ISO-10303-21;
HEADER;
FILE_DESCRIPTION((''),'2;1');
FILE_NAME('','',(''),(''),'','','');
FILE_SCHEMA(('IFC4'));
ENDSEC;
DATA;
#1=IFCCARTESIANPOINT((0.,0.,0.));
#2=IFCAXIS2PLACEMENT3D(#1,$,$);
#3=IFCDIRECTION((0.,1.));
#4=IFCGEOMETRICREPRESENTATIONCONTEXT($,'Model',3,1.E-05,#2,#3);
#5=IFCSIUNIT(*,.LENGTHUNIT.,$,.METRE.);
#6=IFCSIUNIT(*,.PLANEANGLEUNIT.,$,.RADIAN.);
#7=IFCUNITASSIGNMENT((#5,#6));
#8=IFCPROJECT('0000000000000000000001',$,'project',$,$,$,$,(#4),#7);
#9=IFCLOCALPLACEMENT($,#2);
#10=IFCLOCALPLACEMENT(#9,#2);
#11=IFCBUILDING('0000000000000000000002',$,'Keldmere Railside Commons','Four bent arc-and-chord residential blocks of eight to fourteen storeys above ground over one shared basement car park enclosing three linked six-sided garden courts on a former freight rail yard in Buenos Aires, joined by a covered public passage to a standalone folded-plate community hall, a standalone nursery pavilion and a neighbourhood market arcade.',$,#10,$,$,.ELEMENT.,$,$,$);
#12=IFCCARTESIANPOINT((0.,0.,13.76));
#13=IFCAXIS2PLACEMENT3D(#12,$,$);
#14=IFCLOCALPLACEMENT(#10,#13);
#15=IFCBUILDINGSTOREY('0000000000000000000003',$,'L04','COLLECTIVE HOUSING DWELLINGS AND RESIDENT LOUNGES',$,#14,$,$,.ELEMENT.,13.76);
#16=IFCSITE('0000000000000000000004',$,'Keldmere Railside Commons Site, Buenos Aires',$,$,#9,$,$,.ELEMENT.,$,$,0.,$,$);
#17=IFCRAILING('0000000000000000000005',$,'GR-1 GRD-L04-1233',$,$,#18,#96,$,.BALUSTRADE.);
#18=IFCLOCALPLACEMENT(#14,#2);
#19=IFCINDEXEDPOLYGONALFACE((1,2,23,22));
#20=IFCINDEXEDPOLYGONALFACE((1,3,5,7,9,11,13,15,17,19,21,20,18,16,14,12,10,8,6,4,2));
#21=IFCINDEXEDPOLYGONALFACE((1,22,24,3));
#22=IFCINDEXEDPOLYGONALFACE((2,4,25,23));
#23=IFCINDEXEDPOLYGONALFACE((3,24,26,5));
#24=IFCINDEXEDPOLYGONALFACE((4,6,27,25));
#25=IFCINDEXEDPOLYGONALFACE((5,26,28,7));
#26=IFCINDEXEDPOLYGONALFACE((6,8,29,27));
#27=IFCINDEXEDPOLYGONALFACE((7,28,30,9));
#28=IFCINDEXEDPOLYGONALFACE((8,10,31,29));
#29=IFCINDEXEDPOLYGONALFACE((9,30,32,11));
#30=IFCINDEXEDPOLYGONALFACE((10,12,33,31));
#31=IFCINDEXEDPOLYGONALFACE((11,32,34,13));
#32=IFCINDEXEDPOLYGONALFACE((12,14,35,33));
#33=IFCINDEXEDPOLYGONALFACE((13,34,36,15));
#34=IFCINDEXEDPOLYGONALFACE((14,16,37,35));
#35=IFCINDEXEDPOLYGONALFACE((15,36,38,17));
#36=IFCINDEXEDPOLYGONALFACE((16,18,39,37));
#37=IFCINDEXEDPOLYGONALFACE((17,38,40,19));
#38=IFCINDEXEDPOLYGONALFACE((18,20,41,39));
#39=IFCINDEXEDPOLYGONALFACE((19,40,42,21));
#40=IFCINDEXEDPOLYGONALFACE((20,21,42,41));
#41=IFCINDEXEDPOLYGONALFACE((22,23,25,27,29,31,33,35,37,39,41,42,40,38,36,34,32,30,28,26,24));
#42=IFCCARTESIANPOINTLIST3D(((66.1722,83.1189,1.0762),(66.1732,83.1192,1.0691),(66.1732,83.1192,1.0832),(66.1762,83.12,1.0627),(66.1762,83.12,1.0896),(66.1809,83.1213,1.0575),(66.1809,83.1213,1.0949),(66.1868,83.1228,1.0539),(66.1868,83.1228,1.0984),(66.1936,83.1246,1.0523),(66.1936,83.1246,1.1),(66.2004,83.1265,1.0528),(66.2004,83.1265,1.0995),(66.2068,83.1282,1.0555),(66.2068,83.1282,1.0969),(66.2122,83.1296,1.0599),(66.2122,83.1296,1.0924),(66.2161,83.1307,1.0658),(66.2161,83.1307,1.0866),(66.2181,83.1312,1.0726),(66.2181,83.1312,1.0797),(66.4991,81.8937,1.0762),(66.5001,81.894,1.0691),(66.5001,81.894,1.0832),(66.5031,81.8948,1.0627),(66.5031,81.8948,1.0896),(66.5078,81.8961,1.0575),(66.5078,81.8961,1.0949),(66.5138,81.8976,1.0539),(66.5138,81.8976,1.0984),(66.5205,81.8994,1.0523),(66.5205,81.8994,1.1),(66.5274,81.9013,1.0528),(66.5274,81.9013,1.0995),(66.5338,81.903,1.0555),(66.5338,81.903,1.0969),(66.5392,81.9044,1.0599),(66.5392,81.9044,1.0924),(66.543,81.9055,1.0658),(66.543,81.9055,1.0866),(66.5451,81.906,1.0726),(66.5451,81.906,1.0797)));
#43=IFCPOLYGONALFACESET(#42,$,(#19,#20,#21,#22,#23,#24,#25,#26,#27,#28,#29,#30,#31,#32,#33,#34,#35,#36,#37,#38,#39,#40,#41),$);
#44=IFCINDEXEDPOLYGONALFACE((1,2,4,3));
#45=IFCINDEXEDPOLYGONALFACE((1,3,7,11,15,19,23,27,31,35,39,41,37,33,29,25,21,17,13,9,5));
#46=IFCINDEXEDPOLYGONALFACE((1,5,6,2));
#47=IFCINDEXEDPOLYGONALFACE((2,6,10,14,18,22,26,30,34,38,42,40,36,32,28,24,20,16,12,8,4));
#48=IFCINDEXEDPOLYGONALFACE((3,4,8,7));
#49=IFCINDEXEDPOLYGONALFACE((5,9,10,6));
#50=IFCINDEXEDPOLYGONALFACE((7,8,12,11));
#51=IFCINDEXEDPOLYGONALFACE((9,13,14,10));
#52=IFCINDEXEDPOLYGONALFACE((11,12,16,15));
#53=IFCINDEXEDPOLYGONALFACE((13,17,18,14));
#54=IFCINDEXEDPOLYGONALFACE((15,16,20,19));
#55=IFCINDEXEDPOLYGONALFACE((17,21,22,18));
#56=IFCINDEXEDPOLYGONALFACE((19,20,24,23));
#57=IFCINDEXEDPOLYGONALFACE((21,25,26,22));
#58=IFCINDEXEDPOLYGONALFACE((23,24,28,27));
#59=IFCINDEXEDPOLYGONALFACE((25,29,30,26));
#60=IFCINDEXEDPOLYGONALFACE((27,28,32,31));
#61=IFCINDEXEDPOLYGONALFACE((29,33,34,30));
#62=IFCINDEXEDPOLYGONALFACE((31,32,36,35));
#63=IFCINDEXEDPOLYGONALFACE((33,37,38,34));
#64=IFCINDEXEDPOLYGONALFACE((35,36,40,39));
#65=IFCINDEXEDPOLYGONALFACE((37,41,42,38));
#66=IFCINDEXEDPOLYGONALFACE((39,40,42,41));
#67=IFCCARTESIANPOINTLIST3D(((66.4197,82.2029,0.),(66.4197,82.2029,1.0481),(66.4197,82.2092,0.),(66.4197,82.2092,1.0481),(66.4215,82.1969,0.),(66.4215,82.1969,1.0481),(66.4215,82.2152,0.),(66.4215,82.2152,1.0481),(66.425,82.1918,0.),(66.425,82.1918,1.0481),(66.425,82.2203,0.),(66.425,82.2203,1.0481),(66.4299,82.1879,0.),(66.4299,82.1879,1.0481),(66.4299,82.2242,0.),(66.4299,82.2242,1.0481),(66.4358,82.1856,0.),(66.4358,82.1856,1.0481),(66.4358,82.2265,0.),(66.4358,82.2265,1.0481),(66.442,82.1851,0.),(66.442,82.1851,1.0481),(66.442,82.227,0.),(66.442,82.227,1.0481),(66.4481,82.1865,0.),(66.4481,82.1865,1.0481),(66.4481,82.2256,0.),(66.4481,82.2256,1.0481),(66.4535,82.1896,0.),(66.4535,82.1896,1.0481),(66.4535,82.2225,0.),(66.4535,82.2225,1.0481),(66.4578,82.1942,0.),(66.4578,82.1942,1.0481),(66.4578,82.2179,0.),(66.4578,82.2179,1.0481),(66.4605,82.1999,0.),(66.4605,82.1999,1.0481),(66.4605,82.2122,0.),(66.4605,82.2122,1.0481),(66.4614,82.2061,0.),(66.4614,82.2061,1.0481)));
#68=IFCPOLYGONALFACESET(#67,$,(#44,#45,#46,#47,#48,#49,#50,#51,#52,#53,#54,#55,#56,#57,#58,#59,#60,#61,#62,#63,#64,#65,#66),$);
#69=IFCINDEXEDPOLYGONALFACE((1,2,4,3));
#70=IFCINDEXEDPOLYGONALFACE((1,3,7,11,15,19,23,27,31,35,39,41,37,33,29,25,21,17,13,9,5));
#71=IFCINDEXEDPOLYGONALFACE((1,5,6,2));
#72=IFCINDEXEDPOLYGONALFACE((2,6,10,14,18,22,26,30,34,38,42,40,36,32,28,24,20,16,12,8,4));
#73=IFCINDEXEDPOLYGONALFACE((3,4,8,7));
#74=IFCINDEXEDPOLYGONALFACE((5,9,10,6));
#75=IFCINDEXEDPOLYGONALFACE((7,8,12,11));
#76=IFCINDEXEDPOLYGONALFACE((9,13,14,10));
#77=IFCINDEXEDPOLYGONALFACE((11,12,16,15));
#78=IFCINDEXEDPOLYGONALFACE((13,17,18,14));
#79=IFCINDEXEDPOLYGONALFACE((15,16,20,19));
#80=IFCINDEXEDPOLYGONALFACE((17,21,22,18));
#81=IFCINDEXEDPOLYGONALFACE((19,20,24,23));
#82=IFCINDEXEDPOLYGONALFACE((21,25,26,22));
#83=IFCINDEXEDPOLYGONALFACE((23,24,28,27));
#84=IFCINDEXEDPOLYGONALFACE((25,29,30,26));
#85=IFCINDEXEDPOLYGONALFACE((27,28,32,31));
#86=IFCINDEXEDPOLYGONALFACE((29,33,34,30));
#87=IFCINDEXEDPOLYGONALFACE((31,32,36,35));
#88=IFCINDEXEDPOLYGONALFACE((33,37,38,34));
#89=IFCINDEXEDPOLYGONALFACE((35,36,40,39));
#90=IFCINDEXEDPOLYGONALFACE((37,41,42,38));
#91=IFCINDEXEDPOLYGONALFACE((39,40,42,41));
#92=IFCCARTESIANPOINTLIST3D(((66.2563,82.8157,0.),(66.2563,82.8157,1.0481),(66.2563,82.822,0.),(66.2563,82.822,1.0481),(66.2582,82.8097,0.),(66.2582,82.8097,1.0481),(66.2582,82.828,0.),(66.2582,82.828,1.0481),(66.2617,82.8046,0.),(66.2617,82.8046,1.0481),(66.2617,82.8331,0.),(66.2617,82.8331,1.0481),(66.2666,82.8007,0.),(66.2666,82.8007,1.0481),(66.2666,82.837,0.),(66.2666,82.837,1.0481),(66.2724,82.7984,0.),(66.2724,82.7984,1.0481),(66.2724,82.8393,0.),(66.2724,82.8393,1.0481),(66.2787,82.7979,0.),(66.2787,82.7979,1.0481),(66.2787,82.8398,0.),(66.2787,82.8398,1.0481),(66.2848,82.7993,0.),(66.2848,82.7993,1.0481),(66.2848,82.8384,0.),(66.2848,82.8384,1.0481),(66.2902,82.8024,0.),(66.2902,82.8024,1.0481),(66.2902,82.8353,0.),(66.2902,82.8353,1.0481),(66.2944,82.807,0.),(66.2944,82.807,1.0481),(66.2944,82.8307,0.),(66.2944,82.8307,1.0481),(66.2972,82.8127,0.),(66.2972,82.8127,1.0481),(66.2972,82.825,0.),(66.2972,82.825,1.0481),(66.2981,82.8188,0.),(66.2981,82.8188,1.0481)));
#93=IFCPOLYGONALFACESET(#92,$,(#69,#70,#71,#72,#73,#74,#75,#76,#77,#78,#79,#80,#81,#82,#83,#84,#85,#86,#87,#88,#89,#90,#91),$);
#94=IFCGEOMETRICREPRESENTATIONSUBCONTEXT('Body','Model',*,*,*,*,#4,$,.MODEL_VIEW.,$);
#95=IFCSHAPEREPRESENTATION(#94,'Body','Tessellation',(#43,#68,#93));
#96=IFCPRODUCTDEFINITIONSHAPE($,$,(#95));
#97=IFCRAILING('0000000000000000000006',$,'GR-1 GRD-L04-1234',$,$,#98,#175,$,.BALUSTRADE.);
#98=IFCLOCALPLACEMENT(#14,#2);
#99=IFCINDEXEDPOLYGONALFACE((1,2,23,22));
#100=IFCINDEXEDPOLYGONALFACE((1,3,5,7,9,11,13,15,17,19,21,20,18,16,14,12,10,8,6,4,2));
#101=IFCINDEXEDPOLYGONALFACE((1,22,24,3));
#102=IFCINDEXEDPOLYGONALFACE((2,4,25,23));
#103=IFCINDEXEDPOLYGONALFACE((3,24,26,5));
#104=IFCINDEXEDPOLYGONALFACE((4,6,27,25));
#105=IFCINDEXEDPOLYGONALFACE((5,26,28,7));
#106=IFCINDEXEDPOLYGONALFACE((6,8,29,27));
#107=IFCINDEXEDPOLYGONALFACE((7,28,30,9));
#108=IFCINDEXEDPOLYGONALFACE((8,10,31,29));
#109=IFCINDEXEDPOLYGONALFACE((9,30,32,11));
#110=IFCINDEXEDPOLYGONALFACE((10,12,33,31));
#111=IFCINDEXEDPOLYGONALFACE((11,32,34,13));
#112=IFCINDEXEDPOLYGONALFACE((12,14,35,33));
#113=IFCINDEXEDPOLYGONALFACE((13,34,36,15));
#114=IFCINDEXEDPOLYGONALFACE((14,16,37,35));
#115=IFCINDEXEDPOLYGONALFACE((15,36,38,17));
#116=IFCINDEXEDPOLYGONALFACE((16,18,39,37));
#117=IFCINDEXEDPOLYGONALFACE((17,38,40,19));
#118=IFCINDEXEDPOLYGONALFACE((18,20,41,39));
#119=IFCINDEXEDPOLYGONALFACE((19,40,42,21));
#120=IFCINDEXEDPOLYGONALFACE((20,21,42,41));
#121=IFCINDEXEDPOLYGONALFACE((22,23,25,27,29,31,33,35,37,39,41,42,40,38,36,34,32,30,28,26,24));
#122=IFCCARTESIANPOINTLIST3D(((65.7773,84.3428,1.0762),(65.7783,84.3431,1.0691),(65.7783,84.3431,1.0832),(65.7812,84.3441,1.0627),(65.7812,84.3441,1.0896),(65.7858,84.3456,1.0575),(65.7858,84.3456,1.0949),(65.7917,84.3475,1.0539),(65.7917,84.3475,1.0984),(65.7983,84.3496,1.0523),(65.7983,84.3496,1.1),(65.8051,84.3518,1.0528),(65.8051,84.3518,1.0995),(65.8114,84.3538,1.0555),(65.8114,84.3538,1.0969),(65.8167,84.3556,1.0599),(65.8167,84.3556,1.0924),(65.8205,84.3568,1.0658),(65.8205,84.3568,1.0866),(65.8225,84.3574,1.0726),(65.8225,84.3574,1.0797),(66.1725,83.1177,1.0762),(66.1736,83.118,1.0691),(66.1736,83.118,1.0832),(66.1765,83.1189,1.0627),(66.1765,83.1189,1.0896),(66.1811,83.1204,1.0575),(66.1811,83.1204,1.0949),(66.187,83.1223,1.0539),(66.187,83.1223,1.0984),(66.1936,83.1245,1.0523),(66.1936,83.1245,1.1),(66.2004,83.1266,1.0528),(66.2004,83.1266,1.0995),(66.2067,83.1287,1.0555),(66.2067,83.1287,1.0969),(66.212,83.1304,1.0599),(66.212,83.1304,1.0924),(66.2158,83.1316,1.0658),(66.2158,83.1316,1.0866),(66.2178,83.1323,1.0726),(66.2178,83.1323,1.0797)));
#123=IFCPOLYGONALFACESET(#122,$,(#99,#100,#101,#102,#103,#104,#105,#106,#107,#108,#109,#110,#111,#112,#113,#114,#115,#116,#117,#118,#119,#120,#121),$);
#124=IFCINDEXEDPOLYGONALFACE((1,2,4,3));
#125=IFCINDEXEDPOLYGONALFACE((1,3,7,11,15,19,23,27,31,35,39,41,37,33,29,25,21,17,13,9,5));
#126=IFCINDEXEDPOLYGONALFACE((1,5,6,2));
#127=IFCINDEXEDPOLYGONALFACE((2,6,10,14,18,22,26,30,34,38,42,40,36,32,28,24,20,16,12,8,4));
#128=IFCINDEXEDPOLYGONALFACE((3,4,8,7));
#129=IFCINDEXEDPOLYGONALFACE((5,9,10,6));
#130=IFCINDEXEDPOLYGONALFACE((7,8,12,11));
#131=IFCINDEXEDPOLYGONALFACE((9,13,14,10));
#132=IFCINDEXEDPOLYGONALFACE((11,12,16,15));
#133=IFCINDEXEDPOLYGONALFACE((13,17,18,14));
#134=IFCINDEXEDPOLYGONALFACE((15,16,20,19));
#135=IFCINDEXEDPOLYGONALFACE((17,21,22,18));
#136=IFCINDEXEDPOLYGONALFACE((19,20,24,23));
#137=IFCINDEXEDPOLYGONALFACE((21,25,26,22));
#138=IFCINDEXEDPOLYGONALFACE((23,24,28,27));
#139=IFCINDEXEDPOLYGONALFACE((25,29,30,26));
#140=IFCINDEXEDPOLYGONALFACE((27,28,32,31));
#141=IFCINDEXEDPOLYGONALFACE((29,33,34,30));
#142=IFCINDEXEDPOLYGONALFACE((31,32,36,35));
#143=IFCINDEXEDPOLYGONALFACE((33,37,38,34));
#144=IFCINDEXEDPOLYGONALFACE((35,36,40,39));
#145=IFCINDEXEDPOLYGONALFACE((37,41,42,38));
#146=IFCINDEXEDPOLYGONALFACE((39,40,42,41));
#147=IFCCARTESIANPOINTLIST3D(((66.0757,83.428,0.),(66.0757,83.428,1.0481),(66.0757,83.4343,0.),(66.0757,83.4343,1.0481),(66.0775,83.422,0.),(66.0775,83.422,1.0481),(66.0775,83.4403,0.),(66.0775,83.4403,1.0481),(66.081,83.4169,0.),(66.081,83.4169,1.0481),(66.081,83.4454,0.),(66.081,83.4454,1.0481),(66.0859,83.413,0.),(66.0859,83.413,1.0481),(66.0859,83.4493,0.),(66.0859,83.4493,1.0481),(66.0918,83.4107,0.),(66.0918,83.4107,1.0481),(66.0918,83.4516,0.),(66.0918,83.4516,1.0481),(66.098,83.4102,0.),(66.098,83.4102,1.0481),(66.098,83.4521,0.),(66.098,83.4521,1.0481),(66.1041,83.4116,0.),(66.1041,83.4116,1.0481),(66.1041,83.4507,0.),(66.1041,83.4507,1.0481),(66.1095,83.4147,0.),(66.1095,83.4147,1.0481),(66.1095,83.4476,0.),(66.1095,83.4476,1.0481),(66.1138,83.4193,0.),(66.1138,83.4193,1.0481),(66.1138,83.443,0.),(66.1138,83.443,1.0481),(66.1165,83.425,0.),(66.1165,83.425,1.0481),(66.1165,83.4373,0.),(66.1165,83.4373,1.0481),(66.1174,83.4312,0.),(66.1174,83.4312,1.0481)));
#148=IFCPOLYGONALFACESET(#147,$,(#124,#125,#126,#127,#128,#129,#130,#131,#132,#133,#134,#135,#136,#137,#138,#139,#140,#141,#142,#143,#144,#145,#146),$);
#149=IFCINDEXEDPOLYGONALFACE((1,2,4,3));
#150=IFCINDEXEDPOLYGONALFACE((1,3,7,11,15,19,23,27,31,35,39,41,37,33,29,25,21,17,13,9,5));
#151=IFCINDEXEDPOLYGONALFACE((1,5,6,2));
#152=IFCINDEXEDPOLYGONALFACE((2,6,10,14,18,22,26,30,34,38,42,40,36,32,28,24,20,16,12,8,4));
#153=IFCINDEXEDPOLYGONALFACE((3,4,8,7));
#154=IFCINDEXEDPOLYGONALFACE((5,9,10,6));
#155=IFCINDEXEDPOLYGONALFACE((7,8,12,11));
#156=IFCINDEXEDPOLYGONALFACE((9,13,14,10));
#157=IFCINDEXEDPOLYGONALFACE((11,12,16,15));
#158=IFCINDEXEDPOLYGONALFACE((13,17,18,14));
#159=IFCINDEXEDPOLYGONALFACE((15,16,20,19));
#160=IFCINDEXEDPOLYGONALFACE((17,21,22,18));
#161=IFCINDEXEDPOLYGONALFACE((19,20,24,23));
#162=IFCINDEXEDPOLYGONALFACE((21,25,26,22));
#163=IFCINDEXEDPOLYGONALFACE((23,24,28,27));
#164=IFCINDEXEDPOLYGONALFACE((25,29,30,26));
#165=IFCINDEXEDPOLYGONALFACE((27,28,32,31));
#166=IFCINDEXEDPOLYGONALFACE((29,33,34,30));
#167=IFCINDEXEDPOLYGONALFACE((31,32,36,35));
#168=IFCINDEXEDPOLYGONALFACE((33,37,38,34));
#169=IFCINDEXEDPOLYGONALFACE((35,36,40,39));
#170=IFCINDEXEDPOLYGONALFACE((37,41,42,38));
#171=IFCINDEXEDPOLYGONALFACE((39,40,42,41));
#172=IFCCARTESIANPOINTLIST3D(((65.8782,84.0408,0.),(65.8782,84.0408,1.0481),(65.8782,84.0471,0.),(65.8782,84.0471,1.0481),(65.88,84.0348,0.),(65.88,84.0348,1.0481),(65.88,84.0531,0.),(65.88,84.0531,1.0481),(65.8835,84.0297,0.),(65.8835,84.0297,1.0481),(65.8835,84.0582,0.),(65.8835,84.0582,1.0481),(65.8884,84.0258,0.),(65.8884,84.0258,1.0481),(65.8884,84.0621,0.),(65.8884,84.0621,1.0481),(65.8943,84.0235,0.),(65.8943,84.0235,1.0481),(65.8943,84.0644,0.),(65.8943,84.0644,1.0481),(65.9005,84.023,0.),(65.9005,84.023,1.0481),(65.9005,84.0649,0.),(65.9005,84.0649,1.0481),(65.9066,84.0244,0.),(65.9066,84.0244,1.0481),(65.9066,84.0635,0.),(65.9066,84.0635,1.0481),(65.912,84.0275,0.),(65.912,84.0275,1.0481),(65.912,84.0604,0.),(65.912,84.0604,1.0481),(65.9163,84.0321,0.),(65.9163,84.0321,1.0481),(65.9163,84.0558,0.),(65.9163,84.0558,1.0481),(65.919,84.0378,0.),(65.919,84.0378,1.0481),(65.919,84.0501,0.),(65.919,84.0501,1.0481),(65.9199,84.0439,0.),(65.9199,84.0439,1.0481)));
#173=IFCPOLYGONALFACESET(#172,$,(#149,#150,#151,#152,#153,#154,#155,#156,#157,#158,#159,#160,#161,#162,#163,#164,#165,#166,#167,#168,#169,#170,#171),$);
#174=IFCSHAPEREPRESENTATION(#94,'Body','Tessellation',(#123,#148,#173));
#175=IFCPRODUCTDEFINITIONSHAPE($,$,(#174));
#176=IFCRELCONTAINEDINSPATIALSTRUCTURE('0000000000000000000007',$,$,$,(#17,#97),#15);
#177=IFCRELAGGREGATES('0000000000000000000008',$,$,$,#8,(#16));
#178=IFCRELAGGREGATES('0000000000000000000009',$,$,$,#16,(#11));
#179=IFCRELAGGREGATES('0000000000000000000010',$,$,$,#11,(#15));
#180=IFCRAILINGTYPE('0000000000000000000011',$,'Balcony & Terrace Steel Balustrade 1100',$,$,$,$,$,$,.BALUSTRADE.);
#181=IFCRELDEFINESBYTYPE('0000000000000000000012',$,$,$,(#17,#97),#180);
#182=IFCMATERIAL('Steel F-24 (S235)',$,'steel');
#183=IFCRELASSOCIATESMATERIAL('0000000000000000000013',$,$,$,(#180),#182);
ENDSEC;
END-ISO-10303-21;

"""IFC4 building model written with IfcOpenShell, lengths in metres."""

from ifc_helpers import new_model, si_unit, direction, frame, origin, origin_2d, place, context, subcontext, project, spatial, circle, extrude, material, type_object, element, save


model = new_model("IFC4")

# Units and contexts
model_context = context("Model", 3, precision=1e-05, world=origin(), true_north=direction((0.0, 1.0)))
body_context = subcontext(model_context, "Body", "Model", "MODEL_VIEW")
ifc_project = project(units=[si_unit("LENGTHUNIT", "METRE"), si_unit("PLANEANGLEUNIT", "RADIAN")], contexts=[model_context])

# Site, building, storey
site_placement = place(None, origin())
site = spatial("IfcSite", under=ifc_project, at=site_placement, Name="Keldmere Railside Commons Site, Buenos Aires", CompositionType="ELEMENT", RefElevation=0.0)
building_placement = place(site_placement, origin())
building = spatial("IfcBuilding", under=site, at=building_placement, Name="Keldmere Railside Commons", Description="Four bent arc-and-chord residential blocks of eight to fourteen storeys above ground over one shared basement car park enclosing three linked six-sided garden courts on a former freight rail yard in Buenos Aires, joined by a covered public passage to a standalone folded-plate community hall, a standalone nursery pavilion and a neighbourhood market arcade.", CompositionType="ELEMENT")
storey_placement = place(building_placement, frame((0.0, 0.0, 13.76)))
storey = spatial("IfcBuildingStorey", under=building, at=storey_placement, Name="L04", Description="COLLECTIVE HOUSING DWELLINGS AND RESIDENT LOUNGES", CompositionType="ELEMENT", Elevation=13.76)

# Railings
ifc_material_1 = material(Name="Steel F-24 (S235)", Category="steel")
railing_type = type_object("IfcRailingType", Name="Balcony & Terrace Steel Balustrade 1100", PredefinedType="BALUSTRADE", material=ifc_material_1)
railing_1_placement = place(storey_placement, frame((66.5222, 81.8999, 0.0)))
element("IfcRailing", 1, at=railing_1_placement, inside=storey, type_object=railing_type, Name="GR-1 GRD-L04-1233", PredefinedType="BALUSTRADE", context=body_context, shape_type="SweptSolid", body=[
    extrude(circle(Radius=0.0239, at=origin_2d()), frame((0.0, 0.0, 1.0762), z_axis=(-0.257818, 0.966193, 0.0), x_axis=(-0.966193, -0.257818, 0.0)), (0.0, 0.0, 1.0), 1.2681),
    extrude(circle(Radius=0.021, at=origin_2d()), frame((-0.0818, 0.3062, 0.0)), (0.0, 0.0, 1.0), 1.0481),
    extrude(circle(Radius=0.021, at=origin_2d()), frame((-0.2451, 0.9189, 0.0)), (0.0, 0.0, 1.0), 1.0481),
])
railing_2_placement = place(storey_placement, frame((66.1953, 83.125, 0.0)))
element("IfcRailing", 2, at=railing_2_placement, inside=storey, type_object=railing_type, Name="GR-1 GRD-L04-1234", PredefinedType="BALUSTRADE", context=body_context, shape_type="SweptSolid", body=[
    extrude(circle(Radius=0.0239, at=origin_2d()), frame((0.0, 0.0, 1.0762), z_axis=(-0.307053, 0.951693, 0.0), x_axis=(-0.951693, -0.307053, 0.0)), (0.0, 0.0, 1.0), 1.2874),
    extrude(circle(Radius=0.021, at=origin_2d()), frame((-0.0989, 0.3062, 0.0)), (0.0, 0.0, 1.0), 1.0481),
    extrude(circle(Radius=0.021, at=origin_2d()), frame((-0.2964, 0.9189, 0.0)), (0.0, 0.0, 1.0), 1.0481),
])

save(model, "model.ifc")
